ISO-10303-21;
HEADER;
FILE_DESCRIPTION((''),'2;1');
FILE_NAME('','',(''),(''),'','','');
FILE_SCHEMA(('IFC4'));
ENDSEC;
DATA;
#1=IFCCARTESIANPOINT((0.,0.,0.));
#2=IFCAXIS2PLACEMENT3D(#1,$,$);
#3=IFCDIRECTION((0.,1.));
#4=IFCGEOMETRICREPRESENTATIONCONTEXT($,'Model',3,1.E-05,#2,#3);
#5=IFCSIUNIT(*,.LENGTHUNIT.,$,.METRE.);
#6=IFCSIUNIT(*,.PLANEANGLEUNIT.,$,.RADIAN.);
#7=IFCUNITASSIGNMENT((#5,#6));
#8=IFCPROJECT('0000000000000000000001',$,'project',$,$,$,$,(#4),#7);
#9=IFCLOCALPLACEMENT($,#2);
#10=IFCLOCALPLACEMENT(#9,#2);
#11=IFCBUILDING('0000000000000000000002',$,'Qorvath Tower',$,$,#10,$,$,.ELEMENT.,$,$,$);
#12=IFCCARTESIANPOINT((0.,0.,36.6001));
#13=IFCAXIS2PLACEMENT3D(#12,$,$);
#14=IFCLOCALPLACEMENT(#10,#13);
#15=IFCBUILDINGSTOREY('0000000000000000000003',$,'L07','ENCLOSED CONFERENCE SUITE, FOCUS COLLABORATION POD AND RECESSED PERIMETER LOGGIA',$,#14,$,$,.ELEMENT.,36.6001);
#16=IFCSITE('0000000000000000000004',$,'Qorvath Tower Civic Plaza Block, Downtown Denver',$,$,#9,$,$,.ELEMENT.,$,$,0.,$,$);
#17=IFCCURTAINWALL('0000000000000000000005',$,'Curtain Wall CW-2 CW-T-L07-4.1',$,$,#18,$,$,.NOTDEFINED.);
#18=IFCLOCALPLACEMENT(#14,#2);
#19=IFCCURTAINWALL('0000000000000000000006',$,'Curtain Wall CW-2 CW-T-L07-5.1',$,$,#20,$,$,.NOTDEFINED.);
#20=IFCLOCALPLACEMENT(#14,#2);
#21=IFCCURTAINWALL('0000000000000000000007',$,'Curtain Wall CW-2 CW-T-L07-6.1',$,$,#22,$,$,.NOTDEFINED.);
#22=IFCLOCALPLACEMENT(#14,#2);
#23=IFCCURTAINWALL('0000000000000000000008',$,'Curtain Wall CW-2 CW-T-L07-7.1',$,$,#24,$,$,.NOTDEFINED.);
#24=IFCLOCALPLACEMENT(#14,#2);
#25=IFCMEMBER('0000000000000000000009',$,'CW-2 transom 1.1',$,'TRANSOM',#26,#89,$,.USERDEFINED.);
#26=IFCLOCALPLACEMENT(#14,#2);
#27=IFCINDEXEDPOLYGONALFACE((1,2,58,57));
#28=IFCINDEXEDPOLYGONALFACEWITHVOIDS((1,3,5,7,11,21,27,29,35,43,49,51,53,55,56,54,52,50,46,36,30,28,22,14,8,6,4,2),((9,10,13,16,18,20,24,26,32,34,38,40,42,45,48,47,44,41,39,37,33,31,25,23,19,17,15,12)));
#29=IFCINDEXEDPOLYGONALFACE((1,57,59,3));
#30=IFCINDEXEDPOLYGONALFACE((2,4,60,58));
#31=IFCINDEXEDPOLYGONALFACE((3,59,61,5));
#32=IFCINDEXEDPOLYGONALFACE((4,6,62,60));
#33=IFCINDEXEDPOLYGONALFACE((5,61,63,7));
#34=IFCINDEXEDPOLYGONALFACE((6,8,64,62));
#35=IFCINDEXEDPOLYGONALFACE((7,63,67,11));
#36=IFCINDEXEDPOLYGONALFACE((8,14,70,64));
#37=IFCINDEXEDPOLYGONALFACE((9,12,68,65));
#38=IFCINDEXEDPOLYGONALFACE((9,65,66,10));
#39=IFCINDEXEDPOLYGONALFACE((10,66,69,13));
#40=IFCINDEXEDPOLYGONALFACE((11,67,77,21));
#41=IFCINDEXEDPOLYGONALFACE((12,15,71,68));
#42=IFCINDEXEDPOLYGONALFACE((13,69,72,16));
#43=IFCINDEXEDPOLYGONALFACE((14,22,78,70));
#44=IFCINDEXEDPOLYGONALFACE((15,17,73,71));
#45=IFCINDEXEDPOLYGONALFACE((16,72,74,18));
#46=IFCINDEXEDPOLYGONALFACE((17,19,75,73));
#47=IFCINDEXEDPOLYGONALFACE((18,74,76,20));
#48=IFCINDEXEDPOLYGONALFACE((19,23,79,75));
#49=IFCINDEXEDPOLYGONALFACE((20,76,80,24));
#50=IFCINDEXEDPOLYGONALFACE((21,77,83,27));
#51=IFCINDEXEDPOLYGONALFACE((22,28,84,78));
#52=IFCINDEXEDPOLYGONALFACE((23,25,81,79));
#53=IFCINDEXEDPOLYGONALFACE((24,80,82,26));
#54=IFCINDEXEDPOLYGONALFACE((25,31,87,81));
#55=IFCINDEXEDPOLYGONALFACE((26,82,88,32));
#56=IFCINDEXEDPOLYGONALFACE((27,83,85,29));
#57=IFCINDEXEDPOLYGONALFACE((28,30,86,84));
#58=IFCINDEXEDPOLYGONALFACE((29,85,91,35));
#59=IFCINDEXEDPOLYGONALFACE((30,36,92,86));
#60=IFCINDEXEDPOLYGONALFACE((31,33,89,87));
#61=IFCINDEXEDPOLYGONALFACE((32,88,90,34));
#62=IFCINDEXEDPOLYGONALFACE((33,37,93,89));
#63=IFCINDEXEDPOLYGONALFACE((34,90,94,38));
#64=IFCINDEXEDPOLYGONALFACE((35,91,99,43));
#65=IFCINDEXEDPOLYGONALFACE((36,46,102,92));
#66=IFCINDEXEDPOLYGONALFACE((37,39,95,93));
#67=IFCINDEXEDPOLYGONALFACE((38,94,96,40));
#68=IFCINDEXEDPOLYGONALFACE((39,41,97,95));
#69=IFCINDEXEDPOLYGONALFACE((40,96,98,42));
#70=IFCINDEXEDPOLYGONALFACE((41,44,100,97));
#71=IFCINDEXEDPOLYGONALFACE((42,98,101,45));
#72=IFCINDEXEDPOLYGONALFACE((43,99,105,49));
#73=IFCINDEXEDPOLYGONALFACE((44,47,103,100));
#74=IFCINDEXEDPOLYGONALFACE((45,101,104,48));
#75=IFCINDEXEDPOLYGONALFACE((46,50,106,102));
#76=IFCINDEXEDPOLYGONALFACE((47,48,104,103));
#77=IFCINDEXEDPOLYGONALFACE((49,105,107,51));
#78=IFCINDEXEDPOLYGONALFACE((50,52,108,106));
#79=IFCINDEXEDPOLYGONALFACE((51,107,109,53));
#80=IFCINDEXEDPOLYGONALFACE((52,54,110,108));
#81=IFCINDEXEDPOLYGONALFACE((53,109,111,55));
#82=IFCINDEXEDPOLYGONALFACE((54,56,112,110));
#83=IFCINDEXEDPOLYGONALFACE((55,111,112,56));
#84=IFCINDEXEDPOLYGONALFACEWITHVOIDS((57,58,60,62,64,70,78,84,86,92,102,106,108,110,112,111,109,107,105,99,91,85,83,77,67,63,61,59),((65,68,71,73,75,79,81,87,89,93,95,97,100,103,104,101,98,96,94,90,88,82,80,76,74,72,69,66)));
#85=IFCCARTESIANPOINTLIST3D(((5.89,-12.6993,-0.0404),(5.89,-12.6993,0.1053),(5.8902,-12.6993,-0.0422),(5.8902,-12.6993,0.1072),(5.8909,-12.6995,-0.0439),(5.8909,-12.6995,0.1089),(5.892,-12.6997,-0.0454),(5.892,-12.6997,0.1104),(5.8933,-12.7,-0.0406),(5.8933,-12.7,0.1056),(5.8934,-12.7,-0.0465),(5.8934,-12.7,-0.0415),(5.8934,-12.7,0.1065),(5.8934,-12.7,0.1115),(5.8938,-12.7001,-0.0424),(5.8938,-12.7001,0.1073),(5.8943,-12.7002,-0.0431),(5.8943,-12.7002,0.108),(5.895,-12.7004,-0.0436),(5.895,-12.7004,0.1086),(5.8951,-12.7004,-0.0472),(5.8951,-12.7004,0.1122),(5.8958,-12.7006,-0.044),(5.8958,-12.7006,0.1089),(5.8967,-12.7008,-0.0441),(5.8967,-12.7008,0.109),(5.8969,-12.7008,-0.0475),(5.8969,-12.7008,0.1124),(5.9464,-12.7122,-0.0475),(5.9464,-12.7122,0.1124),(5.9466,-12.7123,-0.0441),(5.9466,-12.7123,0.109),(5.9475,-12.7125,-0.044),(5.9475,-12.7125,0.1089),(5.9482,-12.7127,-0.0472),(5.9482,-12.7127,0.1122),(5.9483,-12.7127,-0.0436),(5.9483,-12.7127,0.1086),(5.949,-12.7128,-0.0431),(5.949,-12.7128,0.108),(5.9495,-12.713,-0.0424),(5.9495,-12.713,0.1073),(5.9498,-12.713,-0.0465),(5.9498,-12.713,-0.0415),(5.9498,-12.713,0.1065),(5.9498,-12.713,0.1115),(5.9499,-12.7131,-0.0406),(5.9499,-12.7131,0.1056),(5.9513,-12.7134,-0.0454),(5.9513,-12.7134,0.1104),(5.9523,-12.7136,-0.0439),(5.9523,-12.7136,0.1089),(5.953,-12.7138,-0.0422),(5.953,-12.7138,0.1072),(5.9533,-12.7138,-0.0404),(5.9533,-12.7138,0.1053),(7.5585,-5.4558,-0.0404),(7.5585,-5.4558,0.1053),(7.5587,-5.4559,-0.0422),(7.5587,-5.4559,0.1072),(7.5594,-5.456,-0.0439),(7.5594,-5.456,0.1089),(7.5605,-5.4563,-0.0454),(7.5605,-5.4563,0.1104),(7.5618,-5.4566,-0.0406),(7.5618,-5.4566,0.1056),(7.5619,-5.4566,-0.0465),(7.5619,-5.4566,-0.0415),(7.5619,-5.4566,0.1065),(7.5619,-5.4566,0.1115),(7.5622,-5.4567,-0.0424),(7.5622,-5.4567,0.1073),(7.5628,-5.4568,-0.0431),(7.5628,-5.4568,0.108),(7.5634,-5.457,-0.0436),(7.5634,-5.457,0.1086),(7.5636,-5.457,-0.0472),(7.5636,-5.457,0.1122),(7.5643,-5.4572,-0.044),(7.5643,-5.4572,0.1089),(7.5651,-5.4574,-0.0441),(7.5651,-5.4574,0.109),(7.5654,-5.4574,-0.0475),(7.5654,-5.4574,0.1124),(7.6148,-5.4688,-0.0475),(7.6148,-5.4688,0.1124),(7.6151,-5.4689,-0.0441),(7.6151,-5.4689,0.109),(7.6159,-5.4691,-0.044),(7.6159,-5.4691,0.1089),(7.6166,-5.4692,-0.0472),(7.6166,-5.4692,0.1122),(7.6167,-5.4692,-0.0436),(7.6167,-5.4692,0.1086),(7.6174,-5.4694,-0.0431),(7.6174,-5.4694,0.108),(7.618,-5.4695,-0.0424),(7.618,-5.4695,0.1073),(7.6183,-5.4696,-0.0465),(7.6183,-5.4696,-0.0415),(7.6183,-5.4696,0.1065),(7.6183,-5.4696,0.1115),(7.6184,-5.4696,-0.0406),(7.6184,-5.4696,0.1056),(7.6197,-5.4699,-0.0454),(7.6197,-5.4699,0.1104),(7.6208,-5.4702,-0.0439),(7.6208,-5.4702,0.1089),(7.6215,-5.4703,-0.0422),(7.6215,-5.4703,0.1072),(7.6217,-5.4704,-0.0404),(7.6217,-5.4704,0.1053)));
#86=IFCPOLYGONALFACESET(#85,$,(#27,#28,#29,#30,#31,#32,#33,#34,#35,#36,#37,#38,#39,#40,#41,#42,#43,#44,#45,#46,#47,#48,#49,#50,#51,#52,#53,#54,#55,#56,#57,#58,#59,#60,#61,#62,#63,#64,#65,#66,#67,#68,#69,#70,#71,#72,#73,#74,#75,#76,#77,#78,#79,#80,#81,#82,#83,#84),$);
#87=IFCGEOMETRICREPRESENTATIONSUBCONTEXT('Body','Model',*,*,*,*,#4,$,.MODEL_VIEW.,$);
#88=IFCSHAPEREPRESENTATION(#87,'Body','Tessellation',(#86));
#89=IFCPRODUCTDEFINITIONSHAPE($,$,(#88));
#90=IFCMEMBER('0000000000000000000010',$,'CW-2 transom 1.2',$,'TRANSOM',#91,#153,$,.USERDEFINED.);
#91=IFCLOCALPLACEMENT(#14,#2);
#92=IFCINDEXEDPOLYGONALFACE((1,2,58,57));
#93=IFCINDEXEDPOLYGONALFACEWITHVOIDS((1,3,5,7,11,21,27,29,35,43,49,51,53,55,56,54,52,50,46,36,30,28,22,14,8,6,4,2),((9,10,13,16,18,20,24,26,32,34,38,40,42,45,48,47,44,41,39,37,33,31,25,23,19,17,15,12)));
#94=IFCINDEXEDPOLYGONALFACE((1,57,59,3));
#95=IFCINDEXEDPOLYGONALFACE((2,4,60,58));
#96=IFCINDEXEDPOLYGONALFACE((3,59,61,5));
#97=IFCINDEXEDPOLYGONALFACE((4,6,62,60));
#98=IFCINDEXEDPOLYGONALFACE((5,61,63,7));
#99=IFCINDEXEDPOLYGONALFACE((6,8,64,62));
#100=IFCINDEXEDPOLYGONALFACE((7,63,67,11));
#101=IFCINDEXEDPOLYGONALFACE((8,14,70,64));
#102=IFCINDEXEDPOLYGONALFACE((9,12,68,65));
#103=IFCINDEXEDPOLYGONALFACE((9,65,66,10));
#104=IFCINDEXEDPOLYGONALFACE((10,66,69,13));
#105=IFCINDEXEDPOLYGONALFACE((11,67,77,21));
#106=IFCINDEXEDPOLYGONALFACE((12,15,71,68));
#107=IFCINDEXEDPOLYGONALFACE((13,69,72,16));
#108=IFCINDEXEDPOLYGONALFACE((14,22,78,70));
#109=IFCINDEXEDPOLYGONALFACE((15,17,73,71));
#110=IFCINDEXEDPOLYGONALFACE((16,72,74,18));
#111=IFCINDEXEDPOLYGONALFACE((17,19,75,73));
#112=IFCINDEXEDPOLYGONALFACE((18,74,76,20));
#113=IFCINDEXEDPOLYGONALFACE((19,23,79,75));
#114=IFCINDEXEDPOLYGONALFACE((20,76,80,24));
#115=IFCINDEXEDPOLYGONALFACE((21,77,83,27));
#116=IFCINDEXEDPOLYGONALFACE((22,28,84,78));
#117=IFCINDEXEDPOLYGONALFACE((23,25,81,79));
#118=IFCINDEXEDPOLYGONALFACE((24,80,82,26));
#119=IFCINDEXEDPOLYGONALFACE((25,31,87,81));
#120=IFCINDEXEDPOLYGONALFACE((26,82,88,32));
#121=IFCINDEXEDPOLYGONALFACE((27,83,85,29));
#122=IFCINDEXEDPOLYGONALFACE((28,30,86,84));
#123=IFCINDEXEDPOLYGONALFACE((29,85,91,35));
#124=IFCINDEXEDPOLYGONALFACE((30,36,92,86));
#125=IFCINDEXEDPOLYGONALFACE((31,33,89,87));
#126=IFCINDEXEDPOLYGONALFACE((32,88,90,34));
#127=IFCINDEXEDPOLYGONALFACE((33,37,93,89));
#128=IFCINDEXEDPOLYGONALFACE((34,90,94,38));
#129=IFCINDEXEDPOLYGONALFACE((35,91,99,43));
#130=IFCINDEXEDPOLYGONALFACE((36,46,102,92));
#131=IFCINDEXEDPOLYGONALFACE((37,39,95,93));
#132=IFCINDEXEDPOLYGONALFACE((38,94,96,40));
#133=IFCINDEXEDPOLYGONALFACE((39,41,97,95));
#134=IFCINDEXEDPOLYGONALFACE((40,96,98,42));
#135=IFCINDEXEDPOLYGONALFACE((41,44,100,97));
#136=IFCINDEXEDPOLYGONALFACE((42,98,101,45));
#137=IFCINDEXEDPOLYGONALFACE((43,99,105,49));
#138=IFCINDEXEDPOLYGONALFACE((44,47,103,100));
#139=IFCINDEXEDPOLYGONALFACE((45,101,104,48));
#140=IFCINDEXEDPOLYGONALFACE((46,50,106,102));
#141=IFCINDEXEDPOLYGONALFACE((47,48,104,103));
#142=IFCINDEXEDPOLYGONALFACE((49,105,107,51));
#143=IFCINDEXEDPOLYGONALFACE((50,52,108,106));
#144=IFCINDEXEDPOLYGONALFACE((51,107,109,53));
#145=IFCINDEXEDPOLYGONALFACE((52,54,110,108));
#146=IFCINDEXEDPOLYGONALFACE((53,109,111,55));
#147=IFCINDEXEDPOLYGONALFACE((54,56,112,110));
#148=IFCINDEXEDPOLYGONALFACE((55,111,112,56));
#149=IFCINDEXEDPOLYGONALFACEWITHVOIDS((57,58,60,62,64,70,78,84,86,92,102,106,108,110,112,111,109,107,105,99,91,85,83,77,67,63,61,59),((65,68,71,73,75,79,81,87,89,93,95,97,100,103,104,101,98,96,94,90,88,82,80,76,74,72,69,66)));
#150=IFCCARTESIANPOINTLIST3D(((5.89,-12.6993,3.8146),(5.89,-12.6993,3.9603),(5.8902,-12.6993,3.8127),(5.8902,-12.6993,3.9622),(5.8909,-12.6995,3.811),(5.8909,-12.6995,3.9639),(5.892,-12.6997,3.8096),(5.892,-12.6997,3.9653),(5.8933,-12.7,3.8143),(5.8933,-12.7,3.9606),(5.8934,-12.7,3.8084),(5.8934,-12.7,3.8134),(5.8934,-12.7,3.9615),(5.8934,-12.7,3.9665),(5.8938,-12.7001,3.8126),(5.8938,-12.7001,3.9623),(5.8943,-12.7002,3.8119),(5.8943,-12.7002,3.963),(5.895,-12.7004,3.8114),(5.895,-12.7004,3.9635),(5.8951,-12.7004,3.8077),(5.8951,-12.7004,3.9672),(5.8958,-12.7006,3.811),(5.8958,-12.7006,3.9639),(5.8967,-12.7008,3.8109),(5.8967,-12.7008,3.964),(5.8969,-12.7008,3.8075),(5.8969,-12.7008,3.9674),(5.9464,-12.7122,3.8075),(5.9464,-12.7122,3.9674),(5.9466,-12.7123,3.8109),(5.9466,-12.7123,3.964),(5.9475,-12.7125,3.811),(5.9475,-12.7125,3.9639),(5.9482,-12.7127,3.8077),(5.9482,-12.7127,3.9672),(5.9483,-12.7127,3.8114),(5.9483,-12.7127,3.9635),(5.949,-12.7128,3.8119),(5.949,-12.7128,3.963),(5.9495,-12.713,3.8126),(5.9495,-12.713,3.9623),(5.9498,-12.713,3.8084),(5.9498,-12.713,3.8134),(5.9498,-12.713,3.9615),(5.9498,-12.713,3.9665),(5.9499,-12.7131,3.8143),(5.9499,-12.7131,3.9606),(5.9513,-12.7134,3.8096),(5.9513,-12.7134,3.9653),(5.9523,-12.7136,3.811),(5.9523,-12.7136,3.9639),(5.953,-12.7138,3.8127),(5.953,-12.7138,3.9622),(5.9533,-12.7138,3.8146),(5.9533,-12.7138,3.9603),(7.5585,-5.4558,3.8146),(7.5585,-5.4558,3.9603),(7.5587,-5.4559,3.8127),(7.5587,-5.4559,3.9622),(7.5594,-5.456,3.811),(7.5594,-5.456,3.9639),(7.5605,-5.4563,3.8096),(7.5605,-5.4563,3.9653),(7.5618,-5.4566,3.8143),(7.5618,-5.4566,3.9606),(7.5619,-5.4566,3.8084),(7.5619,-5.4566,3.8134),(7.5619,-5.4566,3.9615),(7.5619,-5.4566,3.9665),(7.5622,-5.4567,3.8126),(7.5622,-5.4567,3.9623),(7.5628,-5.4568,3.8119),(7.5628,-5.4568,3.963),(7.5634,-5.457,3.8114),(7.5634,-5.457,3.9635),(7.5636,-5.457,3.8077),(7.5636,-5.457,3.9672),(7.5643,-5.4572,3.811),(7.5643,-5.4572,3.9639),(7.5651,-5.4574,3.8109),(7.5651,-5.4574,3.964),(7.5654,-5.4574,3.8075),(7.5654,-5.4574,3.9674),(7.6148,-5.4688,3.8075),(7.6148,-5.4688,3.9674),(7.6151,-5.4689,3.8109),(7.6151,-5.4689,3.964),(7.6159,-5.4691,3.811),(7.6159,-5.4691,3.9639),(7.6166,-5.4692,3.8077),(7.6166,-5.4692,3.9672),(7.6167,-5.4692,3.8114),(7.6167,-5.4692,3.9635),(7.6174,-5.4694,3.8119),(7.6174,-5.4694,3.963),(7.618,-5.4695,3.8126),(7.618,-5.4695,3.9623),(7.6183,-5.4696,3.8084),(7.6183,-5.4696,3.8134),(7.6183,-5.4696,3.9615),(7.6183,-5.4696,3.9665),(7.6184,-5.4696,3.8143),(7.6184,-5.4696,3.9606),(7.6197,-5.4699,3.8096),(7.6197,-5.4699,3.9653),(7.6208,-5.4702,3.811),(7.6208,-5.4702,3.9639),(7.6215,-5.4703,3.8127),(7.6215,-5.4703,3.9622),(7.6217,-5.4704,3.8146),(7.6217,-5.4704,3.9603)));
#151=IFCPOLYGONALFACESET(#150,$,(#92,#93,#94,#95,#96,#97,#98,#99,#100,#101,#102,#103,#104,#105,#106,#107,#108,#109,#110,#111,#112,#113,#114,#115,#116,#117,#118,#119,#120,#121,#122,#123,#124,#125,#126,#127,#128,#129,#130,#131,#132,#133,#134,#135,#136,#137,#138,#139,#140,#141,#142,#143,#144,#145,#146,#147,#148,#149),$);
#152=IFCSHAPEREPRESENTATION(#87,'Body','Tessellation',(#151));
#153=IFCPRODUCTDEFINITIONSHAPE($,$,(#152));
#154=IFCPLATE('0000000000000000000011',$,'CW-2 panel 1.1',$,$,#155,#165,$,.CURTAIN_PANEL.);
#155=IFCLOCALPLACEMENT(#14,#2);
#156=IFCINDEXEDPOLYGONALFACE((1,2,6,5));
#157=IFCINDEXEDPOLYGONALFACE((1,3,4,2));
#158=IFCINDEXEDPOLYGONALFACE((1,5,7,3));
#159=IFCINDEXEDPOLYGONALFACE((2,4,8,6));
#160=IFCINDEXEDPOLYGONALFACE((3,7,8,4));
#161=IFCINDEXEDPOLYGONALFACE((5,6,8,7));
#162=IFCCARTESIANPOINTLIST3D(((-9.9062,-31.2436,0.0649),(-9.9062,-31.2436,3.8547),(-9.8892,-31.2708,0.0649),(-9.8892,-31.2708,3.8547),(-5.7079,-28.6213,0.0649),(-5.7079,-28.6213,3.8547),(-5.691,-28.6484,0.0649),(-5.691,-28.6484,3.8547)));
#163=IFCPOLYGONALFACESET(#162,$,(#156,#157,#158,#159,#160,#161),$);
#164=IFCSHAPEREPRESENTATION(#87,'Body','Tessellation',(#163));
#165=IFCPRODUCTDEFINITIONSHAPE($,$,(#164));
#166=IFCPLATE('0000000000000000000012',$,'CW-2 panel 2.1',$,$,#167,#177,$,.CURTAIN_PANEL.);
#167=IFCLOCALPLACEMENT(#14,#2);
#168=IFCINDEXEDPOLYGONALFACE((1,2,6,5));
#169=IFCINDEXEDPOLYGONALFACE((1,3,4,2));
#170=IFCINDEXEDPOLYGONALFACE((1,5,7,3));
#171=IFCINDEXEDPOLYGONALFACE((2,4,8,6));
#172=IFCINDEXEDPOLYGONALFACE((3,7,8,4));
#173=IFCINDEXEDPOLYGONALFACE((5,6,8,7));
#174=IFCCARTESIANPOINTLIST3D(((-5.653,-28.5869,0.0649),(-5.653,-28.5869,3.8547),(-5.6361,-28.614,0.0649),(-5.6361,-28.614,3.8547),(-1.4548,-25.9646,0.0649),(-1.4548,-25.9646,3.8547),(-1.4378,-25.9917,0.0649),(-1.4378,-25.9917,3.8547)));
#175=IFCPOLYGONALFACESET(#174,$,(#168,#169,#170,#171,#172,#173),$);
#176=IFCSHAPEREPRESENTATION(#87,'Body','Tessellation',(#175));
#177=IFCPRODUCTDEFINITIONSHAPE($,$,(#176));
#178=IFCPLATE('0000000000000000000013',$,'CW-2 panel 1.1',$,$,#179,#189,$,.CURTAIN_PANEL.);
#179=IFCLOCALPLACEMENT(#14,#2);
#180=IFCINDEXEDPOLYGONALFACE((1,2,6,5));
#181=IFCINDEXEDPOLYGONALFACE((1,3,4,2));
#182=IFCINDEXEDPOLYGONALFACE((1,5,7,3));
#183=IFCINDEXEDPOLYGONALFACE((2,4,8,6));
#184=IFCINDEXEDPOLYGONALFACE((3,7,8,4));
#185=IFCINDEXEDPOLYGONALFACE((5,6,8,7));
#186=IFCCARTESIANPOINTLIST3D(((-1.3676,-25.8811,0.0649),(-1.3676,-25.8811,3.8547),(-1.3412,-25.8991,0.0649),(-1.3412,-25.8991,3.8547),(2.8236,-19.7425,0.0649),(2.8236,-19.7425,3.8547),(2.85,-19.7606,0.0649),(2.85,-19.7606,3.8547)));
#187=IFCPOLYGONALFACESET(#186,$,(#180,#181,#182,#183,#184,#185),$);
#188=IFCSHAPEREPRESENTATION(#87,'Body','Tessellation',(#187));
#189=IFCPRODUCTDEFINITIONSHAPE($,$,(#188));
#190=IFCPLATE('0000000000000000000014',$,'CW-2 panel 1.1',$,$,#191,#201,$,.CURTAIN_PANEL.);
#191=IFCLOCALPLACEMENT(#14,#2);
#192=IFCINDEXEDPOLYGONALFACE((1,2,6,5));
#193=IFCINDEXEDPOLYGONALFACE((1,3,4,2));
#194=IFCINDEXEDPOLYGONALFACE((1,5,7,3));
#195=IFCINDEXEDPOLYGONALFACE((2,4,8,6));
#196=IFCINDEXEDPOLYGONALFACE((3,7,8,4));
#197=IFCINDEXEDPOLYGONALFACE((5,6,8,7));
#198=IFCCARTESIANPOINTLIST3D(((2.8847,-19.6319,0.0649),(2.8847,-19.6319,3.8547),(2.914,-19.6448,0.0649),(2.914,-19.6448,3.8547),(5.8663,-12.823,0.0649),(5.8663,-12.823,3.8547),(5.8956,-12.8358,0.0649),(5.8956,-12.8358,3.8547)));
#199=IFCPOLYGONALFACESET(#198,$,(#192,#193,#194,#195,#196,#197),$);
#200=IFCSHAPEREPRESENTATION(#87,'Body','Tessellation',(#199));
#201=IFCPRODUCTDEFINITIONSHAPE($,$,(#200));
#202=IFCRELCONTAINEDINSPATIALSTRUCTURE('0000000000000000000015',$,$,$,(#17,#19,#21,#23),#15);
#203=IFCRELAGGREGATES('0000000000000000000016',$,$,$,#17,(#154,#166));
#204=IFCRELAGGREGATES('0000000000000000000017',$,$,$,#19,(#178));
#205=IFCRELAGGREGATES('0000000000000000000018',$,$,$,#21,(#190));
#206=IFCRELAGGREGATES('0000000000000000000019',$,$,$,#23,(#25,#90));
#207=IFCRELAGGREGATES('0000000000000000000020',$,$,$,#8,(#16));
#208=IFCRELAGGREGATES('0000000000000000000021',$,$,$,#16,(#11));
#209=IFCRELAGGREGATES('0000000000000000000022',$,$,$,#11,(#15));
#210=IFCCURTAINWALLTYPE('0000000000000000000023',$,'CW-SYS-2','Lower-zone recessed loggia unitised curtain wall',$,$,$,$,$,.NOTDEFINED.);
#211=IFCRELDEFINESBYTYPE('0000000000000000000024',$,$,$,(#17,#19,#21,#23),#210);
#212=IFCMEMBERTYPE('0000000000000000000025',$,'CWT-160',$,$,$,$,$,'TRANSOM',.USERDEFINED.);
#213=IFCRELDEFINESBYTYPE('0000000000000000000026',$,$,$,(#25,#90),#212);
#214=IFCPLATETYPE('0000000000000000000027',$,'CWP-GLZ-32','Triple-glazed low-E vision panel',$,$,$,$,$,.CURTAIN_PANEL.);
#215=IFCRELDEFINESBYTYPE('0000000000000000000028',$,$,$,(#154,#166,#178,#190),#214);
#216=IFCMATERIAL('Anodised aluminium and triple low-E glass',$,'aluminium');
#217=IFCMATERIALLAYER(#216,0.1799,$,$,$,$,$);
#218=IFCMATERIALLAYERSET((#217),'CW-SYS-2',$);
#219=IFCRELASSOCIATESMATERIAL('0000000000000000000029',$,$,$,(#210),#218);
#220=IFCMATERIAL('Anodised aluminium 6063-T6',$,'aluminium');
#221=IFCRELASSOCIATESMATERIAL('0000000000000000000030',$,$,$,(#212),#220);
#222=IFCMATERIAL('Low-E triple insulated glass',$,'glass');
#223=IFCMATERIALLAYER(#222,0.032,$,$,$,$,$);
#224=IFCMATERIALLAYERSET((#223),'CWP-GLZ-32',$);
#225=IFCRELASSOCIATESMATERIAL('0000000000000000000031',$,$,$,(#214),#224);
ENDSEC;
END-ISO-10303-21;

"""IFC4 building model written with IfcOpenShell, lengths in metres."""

from ifc_helpers import new_model, si_unit, direction, frame, origin, origin_2d, place, context, subcontext, project, spatial, rectangle, hollow_rectangle, extrude, material, layer, layer_set, material_profile, profile_set, type_object, element, aggregate, save


model = new_model("IFC4")

# Units and contexts
model_context = context("Model", 3, precision=1e-05, world=origin(), true_north=direction((0.0, 1.0)))
body_context = subcontext(model_context, "Body", "Model", "MODEL_VIEW")
ifc_project = project(units=[si_unit("LENGTHUNIT", "METRE"), si_unit("PLANEANGLEUNIT", "RADIAN")], contexts=[model_context])

# Site, building, storey
site_placement = place(None, origin())
site = spatial("IfcSite", under=ifc_project, at=site_placement, Name="Qorvath Tower Civic Plaza Block, Downtown Denver", CompositionType="ELEMENT", RefElevation=0.0)
building_placement = place(site_placement, origin())
building = spatial("IfcBuilding", under=site, at=building_placement, Name="Qorvath Tower", CompositionType="ELEMENT")
storey_placement = place(building_placement, frame((0.0, 0.0, 36.6001)))
storey = spatial("IfcBuildingStorey", under=building, at=storey_placement, Name="L07", Description="ENCLOSED CONFERENCE SUITE, FOCUS COLLABORATION POD AND RECESSED PERIMETER LOGGIA", CompositionType="ELEMENT", Elevation=36.6001)

# Curtain walls
ifc_material_1 = material(Name="Anodised aluminium and triple low-E glass", Category="aluminium")
ifc_layer_1 = layer(ifc_material_1, 0.1799)
ifc_layer_set_1 = layer_set([ifc_layer_1], Name="CW-SYS-2")
curtain_wall_type = type_object("IfcCurtainWallType", Name="CW-SYS-2", Description="Lower-zone recessed loggia unitised curtain wall", PredefinedType="NOTDEFINED", material=ifc_layer_set_1)
curtain_wall_1_placement = place(storey_placement, origin())
curtain_wall_1 = element("IfcCurtainWall", 1, at=curtain_wall_1_placement, inside=storey, type_object=curtain_wall_type, Name="Curtain Wall CW-2 CW-T-L07-4.1", PredefinedType="NOTDEFINED")
curtain_wall_2_placement = place(storey_placement, origin())
curtain_wall_2 = element("IfcCurtainWall", 2, at=curtain_wall_2_placement, inside=storey, type_object=curtain_wall_type, Name="Curtain Wall CW-2 CW-T-L07-5.1", PredefinedType="NOTDEFINED")
curtain_wall_3_placement = place(storey_placement, origin())
curtain_wall_3 = element("IfcCurtainWall", 3, at=curtain_wall_3_placement, inside=storey, type_object=curtain_wall_type, Name="Curtain Wall CW-2 CW-T-L07-6.1", PredefinedType="NOTDEFINED")

# Curtain wall
curtain_wall_4_placement = place(storey_placement, origin())
curtain_wall_4 = element("IfcCurtainWall", 4, at=curtain_wall_4_placement, inside=storey, type_object=curtain_wall_type, Name="Curtain Wall CW-2 CW-T-L07-7.1", PredefinedType="NOTDEFINED")

# Members
ifc_material_2 = material(Name="Anodised aluminium 6063-T6", Category="aluminium")
ifc_material_profile_1 = material_profile(ifc_material_2, hollow_rectangle(XDim=0.0649, YDim=0.1599, WallThickness=0.0034, InnerFilletRadius=0.0034, OuterFilletRadius=0.0071, at=origin_2d()), Name="CWT 160x65")
ifc_profile_set_1 = profile_set([ifc_material_profile_1], Name="Anodised aluminium 6063-T6")
member_type_1 = type_object("IfcMemberType", Name="CWT-160", ElementType="TRANSOM", PredefinedType="USERDEFINED", material=ifc_profile_set_1)
member_1_placement = place(storey_placement, frame((5.9216, -12.7065, 0.0325), z_axis=(0.224464, 0.974482, 0.0), x_axis=(-0.974482, 0.224464, 0.0)))
member_1 = element("IfcMember", 5, at=member_1_placement, type_object=member_type_1, Name="CW-2 transom 1.1", ObjectType="TRANSOM", PredefinedType="USERDEFINED", context=body_context, shape_type="SweptSolid", body=[
    extrude(hollow_rectangle(XDim=0.0649, YDim=0.1599, WallThickness=0.0034, InnerFilletRadius=0.0034, OuterFilletRadius=0.0071, at=origin_2d()), origin(), (0.0, 0.0, 1.0), 7.4331),
])
member_2_placement = place(storey_placement, frame((5.9216, -12.7065, 3.8875), z_axis=(0.224464, 0.974482, 0.0), x_axis=(-0.974482, 0.224464, 0.0)))
member_2 = element("IfcMember", 6, at=member_2_placement, type_object=member_type_1, Name="CW-2 transom 1.2", ObjectType="TRANSOM", PredefinedType="USERDEFINED", context=body_context, shape_type="SweptSolid", body=[
    extrude(hollow_rectangle(XDim=0.0649, YDim=0.1599, WallThickness=0.0034, InnerFilletRadius=0.0034, OuterFilletRadius=0.0071, at=origin_2d()), origin(), (0.0, 0.0, 1.0), 7.4331),
])

# Plates
ifc_material_3 = material(Name="Low-E triple insulated glass", Category="glass")
ifc_layer_2 = layer(ifc_material_3, 0.032)
ifc_layer_set_2 = layer_set([ifc_layer_2], Name="CWP-GLZ-32")
plate_type = type_object("IfcPlateType", Name="CWP-GLZ-32", Description="Triple-glazed low-E vision panel", PredefinedType="CURTAIN_PANEL", material=ifc_layer_set_2)
plate_1_placement = place(storey_placement, frame((-7.7986, -29.946, 0.0649), z_axis=(0.0, 0.0, 1.0), x_axis=(0.848142, 0.529769, 0.0)))
plate_1 = element("IfcPlate", 7, at=plate_1_placement, type_object=plate_type, Name="CW-2 panel 1.1", PredefinedType="CURTAIN_PANEL", context=body_context, shape_type="SweptSolid", body=[
    extrude(rectangle(XDim=4.95, YDim=0.032, at=origin_2d()), origin(), (0.0, 0.0, 1.0), 3.7898),
])
plate_2_placement = place(storey_placement, frame((-3.5454, -27.2893, 0.0649), z_axis=(0.0, 0.0, 1.0), x_axis=(0.848142, 0.529769, 0.0)))
plate_2 = element("IfcPlate", 8, at=plate_2_placement, type_object=plate_type, Name="CW-2 panel 2.1", PredefinedType="CURTAIN_PANEL", context=body_context, shape_type="SweptSolid", body=[
    extrude(rectangle(XDim=4.95, YDim=0.032, at=origin_2d()), origin(), (0.0, 0.0, 1.0), 3.7898),
])
aggregate(curtain_wall_1, [plate_1, plate_2])
plate_3_placement = place(storey_placement, frame((0.7412, -22.8208, 0.0649), z_axis=(0.0, 0.0, 1.0), x_axis=(0.563869, 0.825864, 0.0)))
plate_3 = element("IfcPlate", 9, at=plate_3_placement, type_object=plate_type, Name="CW-2 panel 1.1", PredefinedType="CURTAIN_PANEL", context=body_context, shape_type="SweptSolid", body=[
    extrude(rectangle(XDim=7.4329, YDim=0.032, at=origin_2d()), origin(), (0.0, 0.0, 1.0), 3.7898),
])
aggregate(curtain_wall_2, [plate_3])
plate_4_placement = place(storey_placement, frame((4.3901, -16.2339, 0.0649), z_axis=(0.0, 0.0, 1.0), x_axis=(0.401118, 0.916026, 0.0)))
plate_4 = element("IfcPlate", 10, at=plate_4_placement, type_object=plate_type, Name="CW-2 panel 1.1", PredefinedType="CURTAIN_PANEL", context=body_context, shape_type="SweptSolid", body=[
    extrude(rectangle(XDim=7.4331, YDim=0.032, at=origin_2d()), origin(), (0.0, 0.0, 1.0), 3.7898),
])
aggregate(curtain_wall_3, [plate_4])
aggregate(curtain_wall_4, [member_1, member_2])

save(model, "model.ifc")
